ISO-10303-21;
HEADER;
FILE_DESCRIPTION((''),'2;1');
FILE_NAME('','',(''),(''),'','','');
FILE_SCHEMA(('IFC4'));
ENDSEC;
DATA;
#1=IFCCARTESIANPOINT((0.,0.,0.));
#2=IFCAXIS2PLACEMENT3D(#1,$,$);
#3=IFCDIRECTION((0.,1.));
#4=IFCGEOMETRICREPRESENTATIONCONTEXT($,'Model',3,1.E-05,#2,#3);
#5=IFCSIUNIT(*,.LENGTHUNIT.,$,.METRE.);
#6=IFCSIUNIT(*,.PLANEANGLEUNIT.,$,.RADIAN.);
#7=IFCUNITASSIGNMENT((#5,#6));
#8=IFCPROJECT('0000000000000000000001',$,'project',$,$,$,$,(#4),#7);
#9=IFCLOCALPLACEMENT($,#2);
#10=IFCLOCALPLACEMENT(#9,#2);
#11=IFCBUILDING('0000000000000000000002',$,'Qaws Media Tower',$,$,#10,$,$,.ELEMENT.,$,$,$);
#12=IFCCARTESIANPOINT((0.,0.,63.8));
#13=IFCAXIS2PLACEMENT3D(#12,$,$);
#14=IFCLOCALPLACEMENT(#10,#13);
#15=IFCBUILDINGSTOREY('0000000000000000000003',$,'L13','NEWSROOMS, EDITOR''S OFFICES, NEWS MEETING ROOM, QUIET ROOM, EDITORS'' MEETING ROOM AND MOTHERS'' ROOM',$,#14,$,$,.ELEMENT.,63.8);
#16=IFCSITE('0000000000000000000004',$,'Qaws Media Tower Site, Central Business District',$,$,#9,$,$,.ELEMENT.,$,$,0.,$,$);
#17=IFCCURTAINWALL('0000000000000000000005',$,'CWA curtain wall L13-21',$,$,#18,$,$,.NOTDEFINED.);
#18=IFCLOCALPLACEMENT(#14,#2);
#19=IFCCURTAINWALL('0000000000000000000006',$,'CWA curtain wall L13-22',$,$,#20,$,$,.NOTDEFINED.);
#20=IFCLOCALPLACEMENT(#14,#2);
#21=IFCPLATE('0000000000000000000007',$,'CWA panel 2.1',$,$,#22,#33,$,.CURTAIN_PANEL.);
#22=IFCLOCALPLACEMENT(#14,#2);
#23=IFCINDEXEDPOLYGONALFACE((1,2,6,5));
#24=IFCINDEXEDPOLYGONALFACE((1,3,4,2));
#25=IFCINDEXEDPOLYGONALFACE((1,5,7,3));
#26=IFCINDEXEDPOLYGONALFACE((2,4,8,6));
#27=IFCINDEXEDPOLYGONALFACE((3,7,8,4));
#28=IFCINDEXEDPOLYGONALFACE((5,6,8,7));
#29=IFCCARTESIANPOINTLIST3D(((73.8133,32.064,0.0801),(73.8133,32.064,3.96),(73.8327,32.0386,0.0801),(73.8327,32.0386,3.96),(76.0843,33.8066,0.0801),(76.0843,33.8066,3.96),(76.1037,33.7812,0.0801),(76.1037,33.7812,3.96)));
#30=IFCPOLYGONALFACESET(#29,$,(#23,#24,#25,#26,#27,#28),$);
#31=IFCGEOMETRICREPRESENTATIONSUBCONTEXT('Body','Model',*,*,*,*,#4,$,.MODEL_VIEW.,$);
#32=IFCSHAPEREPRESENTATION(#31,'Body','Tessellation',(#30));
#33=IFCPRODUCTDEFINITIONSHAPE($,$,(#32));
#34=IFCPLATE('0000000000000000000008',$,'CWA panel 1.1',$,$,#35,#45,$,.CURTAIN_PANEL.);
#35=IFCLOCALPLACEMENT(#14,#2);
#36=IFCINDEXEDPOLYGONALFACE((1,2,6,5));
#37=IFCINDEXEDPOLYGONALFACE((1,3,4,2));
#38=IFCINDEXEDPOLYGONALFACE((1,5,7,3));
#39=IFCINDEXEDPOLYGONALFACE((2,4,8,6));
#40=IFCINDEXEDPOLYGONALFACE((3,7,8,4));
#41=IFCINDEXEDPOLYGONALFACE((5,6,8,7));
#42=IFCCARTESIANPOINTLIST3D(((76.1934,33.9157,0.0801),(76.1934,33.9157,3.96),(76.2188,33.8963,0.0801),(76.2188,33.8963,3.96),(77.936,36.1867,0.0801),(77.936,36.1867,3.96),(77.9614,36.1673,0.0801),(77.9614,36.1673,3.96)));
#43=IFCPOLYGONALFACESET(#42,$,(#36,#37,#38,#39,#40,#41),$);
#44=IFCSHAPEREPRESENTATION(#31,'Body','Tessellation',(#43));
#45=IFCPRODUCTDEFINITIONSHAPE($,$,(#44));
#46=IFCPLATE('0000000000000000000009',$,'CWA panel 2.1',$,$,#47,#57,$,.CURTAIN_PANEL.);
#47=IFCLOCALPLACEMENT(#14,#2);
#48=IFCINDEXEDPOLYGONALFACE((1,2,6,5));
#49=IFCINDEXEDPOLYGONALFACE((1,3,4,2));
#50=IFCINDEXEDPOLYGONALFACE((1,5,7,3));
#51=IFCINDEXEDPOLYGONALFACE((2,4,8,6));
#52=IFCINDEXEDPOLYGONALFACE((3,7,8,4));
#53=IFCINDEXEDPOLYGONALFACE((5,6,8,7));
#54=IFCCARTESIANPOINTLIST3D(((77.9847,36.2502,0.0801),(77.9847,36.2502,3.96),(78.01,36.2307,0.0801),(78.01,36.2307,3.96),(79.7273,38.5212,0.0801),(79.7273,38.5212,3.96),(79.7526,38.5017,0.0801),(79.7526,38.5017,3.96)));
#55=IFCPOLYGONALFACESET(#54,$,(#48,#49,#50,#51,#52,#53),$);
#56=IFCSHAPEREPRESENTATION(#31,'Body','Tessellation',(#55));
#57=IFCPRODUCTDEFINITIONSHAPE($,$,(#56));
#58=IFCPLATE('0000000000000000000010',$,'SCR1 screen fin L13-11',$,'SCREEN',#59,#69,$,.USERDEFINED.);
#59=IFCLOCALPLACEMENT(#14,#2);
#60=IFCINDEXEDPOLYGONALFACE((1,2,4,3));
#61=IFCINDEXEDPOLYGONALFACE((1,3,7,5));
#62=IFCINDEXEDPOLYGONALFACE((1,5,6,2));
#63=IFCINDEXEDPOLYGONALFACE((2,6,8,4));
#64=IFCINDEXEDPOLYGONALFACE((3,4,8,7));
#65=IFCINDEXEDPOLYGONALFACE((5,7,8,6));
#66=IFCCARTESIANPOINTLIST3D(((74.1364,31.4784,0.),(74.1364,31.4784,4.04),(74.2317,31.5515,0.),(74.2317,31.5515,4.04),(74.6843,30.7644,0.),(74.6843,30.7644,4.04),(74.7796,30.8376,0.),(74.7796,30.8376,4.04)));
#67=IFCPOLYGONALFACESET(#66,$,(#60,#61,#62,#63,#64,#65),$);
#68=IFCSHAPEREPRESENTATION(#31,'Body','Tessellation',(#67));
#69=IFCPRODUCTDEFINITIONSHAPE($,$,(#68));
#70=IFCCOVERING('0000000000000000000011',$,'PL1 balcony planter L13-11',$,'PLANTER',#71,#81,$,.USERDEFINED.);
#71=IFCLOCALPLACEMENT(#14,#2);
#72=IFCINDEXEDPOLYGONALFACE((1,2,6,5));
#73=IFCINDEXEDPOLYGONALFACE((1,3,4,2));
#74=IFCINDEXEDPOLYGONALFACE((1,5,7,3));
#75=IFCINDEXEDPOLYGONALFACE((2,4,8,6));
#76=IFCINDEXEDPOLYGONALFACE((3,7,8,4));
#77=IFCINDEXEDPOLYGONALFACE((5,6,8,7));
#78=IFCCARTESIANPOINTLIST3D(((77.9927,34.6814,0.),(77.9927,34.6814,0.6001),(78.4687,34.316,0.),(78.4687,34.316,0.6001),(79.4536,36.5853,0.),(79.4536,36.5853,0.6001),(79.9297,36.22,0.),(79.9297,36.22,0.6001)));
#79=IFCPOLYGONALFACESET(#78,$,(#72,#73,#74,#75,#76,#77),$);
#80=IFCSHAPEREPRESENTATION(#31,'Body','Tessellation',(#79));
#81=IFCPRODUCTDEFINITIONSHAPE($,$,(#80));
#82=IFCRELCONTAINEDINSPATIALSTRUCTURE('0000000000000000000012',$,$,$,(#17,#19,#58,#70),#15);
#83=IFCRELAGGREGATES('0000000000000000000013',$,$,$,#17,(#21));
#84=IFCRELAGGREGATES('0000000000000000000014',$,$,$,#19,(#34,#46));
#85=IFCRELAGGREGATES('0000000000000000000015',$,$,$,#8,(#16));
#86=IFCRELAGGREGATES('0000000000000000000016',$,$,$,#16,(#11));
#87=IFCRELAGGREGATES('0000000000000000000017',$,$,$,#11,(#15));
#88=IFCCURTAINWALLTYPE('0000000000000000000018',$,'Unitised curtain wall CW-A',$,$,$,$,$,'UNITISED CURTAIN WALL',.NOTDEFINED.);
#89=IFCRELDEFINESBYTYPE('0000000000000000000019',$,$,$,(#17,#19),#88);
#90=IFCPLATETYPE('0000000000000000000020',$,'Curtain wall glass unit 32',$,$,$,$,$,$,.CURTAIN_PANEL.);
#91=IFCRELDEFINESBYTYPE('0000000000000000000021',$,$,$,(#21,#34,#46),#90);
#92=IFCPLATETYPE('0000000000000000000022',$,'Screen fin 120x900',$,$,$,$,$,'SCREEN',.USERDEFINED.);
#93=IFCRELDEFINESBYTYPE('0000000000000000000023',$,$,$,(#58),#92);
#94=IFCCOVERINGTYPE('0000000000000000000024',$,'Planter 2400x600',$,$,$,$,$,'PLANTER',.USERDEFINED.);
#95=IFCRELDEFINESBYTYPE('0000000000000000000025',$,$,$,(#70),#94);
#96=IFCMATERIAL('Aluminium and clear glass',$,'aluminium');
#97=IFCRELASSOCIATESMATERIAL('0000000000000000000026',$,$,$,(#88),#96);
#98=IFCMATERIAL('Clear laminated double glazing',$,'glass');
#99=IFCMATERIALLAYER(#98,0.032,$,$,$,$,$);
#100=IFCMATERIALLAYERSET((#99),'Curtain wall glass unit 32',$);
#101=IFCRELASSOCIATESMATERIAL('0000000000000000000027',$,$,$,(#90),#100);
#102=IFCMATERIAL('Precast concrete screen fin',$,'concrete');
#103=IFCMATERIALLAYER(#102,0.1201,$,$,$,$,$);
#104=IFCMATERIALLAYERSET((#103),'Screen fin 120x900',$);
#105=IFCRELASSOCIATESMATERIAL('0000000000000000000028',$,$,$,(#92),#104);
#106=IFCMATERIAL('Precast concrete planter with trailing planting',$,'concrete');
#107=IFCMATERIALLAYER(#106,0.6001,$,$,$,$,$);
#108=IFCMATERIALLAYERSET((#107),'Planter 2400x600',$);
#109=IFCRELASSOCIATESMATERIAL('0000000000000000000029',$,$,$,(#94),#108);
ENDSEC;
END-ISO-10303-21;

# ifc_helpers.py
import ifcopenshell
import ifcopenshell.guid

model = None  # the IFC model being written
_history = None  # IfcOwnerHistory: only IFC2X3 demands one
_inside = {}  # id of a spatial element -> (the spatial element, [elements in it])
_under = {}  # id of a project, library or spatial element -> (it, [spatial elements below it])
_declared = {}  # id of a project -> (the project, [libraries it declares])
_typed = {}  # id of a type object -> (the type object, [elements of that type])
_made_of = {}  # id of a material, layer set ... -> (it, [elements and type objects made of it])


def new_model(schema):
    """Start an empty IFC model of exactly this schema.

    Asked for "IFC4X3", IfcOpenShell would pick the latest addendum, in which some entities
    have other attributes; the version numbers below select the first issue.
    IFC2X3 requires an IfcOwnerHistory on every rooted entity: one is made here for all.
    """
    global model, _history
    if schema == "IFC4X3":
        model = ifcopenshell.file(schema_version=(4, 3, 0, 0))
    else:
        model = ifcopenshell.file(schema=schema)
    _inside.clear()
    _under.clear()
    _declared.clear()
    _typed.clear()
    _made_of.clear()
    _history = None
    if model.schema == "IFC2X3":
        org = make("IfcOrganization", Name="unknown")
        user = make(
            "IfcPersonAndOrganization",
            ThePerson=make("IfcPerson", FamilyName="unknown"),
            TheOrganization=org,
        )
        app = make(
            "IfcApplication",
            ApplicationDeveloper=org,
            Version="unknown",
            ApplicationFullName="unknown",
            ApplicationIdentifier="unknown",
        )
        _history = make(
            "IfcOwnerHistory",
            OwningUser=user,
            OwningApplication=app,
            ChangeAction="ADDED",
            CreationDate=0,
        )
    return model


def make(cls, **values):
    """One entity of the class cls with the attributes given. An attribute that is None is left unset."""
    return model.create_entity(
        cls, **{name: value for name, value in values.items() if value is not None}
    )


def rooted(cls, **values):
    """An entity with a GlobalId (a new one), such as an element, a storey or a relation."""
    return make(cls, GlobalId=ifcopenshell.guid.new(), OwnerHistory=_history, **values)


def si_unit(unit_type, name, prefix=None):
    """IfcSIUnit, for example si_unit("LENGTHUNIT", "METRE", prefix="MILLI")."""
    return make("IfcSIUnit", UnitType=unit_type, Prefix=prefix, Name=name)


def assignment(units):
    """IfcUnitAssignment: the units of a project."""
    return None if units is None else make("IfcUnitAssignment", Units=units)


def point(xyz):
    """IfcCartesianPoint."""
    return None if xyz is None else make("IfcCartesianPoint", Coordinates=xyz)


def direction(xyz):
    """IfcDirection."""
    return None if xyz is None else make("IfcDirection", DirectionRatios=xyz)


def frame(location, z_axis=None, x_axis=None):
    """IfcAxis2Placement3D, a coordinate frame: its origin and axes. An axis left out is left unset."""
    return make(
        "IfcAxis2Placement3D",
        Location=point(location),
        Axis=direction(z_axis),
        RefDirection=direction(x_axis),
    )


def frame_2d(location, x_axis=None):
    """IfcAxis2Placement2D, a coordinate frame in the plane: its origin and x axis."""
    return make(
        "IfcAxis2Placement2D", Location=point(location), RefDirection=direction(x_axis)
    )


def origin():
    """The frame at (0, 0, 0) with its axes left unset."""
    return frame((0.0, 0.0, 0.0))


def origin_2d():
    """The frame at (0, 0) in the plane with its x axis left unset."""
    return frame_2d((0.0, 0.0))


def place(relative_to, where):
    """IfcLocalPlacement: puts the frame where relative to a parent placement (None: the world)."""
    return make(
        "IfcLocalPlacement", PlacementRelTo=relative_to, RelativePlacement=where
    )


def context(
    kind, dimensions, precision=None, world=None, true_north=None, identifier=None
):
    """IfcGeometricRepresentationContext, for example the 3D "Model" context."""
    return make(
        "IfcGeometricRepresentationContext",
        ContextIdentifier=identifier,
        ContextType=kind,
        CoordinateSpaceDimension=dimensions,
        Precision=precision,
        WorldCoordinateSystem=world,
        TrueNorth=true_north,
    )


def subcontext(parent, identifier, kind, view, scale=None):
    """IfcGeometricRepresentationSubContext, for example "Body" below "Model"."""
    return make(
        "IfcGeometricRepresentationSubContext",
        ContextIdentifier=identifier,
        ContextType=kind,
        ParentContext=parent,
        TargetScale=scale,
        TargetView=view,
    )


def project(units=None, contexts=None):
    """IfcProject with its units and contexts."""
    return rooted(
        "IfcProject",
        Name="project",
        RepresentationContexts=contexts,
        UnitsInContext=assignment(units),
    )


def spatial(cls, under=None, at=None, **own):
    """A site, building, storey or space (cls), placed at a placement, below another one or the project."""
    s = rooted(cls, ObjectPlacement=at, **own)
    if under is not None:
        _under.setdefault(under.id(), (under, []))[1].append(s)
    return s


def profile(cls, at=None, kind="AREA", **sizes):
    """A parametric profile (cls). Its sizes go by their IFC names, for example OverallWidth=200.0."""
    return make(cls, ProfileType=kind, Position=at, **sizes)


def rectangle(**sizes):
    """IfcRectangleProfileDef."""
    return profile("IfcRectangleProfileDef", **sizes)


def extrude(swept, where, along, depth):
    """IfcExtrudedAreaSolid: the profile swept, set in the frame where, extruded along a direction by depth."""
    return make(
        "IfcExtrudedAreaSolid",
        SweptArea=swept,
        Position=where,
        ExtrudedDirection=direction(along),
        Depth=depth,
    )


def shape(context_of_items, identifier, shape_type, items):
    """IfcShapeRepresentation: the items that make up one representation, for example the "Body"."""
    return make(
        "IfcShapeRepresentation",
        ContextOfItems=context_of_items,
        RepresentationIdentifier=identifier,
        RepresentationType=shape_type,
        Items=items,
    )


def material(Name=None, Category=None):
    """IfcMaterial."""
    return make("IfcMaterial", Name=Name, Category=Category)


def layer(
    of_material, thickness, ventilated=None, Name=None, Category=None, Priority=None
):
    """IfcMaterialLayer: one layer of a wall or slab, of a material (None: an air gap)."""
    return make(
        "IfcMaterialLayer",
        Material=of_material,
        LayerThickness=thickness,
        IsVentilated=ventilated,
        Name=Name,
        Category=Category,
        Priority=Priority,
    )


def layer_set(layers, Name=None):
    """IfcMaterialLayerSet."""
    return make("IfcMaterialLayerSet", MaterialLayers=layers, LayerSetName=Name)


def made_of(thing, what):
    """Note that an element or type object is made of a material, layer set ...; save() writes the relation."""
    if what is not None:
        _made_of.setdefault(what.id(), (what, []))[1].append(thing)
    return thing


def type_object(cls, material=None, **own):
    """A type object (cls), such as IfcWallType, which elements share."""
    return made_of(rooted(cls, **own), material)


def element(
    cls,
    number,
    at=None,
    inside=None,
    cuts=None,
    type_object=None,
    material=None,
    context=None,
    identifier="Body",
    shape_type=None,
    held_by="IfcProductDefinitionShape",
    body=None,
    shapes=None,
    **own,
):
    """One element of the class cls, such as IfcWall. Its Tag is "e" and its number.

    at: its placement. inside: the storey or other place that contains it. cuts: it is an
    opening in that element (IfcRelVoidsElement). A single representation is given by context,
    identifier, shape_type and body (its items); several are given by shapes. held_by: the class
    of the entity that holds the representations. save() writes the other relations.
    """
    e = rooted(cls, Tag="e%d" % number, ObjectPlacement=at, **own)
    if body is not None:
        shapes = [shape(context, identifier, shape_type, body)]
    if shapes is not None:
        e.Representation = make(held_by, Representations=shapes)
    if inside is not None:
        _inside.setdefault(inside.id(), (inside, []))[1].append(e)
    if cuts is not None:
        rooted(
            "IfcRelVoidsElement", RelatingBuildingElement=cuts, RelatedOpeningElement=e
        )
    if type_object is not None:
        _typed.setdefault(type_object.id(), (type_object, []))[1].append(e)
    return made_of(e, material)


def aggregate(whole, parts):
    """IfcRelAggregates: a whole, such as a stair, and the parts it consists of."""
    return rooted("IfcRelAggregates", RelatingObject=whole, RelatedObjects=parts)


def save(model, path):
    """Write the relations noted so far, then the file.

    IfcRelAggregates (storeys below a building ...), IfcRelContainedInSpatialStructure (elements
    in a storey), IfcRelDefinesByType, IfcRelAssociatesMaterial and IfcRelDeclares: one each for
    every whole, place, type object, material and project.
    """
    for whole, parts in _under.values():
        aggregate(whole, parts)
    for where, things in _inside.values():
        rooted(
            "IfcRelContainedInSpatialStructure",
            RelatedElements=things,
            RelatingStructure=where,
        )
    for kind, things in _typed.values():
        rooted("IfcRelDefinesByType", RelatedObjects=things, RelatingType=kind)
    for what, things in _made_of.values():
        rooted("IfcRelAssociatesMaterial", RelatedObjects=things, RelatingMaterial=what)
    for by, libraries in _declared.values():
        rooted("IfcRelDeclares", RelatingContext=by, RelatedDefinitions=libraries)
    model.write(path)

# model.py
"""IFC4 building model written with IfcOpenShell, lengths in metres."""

from ifc_helpers import new_model, si_unit, direction, frame, origin, origin_2d, place, context, subcontext, project, spatial, rectangle, extrude, material, layer, layer_set, type_object, element, aggregate, save


model = new_model("IFC4")

# Units and contexts
model_context = context("Model", 3, precision=1e-05, world=origin(), true_north=direction((0.0, 1.0)))
body_context = subcontext(model_context, "Body", "Model", "MODEL_VIEW")
ifc_project = project(units=[si_unit("LENGTHUNIT", "METRE"), si_unit("PLANEANGLEUNIT", "RADIAN")], contexts=[model_context])

# Site, building, storey
site_placement = place(None, origin())
site = spatial("IfcSite", under=ifc_project, at=site_placement, Name="Qaws Media Tower Site, Central Business District", CompositionType="ELEMENT", RefElevation=0.0)
building_placement = place(site_placement, origin())
building = spatial("IfcBuilding", under=site, at=building_placement, Name="Qaws Media Tower", CompositionType="ELEMENT")
storey_placement = place(building_placement, frame((0.0, 0.0, 63.8)))
storey = spatial("IfcBuildingStorey", under=building, at=storey_placement, Name="L13", Description="NEWSROOMS, EDITOR'S OFFICES, NEWS MEETING ROOM, QUIET ROOM, EDITORS' MEETING ROOM AND MOTHERS' ROOM", CompositionType="ELEMENT", Elevation=63.8)

# Shared definitions
ifc_material_1 = material(Name="Aluminium and clear glass", Category="aluminium")
curtain_wall_type = type_object("IfcCurtainWallType", Name="Unitised curtain wall CW-A", ElementType="UNITISED CURTAIN WALL", PredefinedType="NOTDEFINED", material=ifc_material_1)

# Curtain walls
curtain_wall_1_placement = place(storey_placement, origin())
curtain_wall_1 = element("IfcCurtainWall", 1, at=curtain_wall_1_placement, inside=storey, type_object=curtain_wall_type, Name="CWA curtain wall L13-21", PredefinedType="NOTDEFINED")
curtain_wall_2_placement = place(storey_placement, origin())
curtain_wall_2 = element("IfcCurtainWall", 2, at=curtain_wall_2_placement, inside=storey, type_object=curtain_wall_type, Name="CWA curtain wall L13-22", PredefinedType="NOTDEFINED")

# Plates
ifc_material_2 = material(Name="Clear laminated double glazing", Category="glass")
ifc_layer_1 = layer(ifc_material_2, 0.032)
ifc_layer_set_1 = layer_set([ifc_layer_1], Name="Curtain wall glass unit 32")
plate_type_1 = type_object("IfcPlateType", Name="Curtain wall glass unit 32", PredefinedType="CURTAIN_PANEL", material=ifc_layer_set_1)
plate_1_placement = place(storey_placement, frame((74.9585, 32.9226, 0.0801), z_axis=(0.0, 0.0, 1.0), x_axis=(0.793353, 0.608761, 0.0)))
plate_1 = element("IfcPlate", 3, at=plate_1_placement, type_object=plate_type_1, Name="CWA panel 2.1", PredefinedType="CURTAIN_PANEL", context=body_context, shape_type="SweptSolid", body=[
    extrude(rectangle(XDim=2.8625, YDim=0.032, at=origin_2d()), origin(), (0.0, 0.0, 1.0), 3.8799),
])
aggregate(curtain_wall_1, [plate_1])
plate_2_placement = place(storey_placement, frame((77.0774, 35.0415, 0.0801), z_axis=(0.0, 0.0, 1.0), x_axis=(0.608761, 0.793353, 0.0)))
plate_2 = element("IfcPlate", 4, at=plate_2_placement, type_object=plate_type_1, Name="CWA panel 1.1", PredefinedType="CURTAIN_PANEL", context=body_context, shape_type="SweptSolid", body=[
    extrude(rectangle(XDim=2.8625, YDim=0.032, at=origin_2d()), origin(), (0.0, 0.0, 1.0), 3.8799),
])
plate_3_placement = place(storey_placement, frame((78.8687, 37.376, 0.0801), z_axis=(0.0, 0.0, 1.0), x_axis=(0.608761, 0.793353, 0.0)))
plate_3 = element("IfcPlate", 5, at=plate_3_placement, type_object=plate_type_1, Name="CWA panel 2.1", PredefinedType="CURTAIN_PANEL", context=body_context, shape_type="SweptSolid", body=[
    extrude(rectangle(XDim=2.8625, YDim=0.032, at=origin_2d()), origin(), (0.0, 0.0, 1.0), 3.8799),
])
aggregate(curtain_wall_2, [plate_2, plate_3])
ifc_material_3 = material(Name="Precast concrete screen fin", Category="concrete")
ifc_layer_2 = layer(ifc_material_3, 0.1201)
ifc_layer_set_2 = layer_set([ifc_layer_2], Name="Screen fin 120x900")
plate_type_2 = type_object("IfcPlateType", Name="Screen fin 120x900", ElementType="SCREEN", PredefinedType="USERDEFINED", material=ifc_layer_set_2)
plate_4_placement = place(storey_placement, frame((74.458, 31.158, 0.0), z_axis=(0.0, 0.0, 1.0), x_axis=(0.608761, -0.793353, 0.0)))
element("IfcPlate", 6, at=plate_4_placement, inside=storey, type_object=plate_type_2, Name="SCR1 screen fin L13-11", ObjectType="SCREEN", PredefinedType="USERDEFINED", context=body_context, shape_type="SweptSolid", body=[
    extrude(rectangle(XDim=0.8999, YDim=0.1201, at=origin_2d()), origin(), (0.0, 0.0, 1.0), 4.04),
])

# Covering
ifc_material_4 = material(Name="Precast concrete planter with trailing planting", Category="concrete")
ifc_layer_3 = layer(ifc_material_4, 0.6001)
ifc_layer_set_3 = layer_set([ifc_layer_3], Name="Planter 2400x600")
covering_type = type_object("IfcCoveringType", Name="Planter 2400x600", ElementType="PLANTER", PredefinedType="USERDEFINED", material=ifc_layer_set_3)
covering_placement = place(storey_placement, frame((78.9612, 35.4507, 0.0), z_axis=(0.0, 0.0, 1.0), x_axis=(0.608761, 0.793353, 0.0)))
element("IfcCovering", 7, at=covering_placement, inside=storey, type_object=covering_type, Name="PL1 balcony planter L13-11", ObjectType="PLANTER", PredefinedType="USERDEFINED", context=body_context, shape_type="SweptSolid", body=[
    extrude(rectangle(XDim=2.3999, YDim=0.6001, at=origin_2d()), origin(), (0.0, 0.0, 1.0), 0.6001),
])

save(model, "model.ifc")
